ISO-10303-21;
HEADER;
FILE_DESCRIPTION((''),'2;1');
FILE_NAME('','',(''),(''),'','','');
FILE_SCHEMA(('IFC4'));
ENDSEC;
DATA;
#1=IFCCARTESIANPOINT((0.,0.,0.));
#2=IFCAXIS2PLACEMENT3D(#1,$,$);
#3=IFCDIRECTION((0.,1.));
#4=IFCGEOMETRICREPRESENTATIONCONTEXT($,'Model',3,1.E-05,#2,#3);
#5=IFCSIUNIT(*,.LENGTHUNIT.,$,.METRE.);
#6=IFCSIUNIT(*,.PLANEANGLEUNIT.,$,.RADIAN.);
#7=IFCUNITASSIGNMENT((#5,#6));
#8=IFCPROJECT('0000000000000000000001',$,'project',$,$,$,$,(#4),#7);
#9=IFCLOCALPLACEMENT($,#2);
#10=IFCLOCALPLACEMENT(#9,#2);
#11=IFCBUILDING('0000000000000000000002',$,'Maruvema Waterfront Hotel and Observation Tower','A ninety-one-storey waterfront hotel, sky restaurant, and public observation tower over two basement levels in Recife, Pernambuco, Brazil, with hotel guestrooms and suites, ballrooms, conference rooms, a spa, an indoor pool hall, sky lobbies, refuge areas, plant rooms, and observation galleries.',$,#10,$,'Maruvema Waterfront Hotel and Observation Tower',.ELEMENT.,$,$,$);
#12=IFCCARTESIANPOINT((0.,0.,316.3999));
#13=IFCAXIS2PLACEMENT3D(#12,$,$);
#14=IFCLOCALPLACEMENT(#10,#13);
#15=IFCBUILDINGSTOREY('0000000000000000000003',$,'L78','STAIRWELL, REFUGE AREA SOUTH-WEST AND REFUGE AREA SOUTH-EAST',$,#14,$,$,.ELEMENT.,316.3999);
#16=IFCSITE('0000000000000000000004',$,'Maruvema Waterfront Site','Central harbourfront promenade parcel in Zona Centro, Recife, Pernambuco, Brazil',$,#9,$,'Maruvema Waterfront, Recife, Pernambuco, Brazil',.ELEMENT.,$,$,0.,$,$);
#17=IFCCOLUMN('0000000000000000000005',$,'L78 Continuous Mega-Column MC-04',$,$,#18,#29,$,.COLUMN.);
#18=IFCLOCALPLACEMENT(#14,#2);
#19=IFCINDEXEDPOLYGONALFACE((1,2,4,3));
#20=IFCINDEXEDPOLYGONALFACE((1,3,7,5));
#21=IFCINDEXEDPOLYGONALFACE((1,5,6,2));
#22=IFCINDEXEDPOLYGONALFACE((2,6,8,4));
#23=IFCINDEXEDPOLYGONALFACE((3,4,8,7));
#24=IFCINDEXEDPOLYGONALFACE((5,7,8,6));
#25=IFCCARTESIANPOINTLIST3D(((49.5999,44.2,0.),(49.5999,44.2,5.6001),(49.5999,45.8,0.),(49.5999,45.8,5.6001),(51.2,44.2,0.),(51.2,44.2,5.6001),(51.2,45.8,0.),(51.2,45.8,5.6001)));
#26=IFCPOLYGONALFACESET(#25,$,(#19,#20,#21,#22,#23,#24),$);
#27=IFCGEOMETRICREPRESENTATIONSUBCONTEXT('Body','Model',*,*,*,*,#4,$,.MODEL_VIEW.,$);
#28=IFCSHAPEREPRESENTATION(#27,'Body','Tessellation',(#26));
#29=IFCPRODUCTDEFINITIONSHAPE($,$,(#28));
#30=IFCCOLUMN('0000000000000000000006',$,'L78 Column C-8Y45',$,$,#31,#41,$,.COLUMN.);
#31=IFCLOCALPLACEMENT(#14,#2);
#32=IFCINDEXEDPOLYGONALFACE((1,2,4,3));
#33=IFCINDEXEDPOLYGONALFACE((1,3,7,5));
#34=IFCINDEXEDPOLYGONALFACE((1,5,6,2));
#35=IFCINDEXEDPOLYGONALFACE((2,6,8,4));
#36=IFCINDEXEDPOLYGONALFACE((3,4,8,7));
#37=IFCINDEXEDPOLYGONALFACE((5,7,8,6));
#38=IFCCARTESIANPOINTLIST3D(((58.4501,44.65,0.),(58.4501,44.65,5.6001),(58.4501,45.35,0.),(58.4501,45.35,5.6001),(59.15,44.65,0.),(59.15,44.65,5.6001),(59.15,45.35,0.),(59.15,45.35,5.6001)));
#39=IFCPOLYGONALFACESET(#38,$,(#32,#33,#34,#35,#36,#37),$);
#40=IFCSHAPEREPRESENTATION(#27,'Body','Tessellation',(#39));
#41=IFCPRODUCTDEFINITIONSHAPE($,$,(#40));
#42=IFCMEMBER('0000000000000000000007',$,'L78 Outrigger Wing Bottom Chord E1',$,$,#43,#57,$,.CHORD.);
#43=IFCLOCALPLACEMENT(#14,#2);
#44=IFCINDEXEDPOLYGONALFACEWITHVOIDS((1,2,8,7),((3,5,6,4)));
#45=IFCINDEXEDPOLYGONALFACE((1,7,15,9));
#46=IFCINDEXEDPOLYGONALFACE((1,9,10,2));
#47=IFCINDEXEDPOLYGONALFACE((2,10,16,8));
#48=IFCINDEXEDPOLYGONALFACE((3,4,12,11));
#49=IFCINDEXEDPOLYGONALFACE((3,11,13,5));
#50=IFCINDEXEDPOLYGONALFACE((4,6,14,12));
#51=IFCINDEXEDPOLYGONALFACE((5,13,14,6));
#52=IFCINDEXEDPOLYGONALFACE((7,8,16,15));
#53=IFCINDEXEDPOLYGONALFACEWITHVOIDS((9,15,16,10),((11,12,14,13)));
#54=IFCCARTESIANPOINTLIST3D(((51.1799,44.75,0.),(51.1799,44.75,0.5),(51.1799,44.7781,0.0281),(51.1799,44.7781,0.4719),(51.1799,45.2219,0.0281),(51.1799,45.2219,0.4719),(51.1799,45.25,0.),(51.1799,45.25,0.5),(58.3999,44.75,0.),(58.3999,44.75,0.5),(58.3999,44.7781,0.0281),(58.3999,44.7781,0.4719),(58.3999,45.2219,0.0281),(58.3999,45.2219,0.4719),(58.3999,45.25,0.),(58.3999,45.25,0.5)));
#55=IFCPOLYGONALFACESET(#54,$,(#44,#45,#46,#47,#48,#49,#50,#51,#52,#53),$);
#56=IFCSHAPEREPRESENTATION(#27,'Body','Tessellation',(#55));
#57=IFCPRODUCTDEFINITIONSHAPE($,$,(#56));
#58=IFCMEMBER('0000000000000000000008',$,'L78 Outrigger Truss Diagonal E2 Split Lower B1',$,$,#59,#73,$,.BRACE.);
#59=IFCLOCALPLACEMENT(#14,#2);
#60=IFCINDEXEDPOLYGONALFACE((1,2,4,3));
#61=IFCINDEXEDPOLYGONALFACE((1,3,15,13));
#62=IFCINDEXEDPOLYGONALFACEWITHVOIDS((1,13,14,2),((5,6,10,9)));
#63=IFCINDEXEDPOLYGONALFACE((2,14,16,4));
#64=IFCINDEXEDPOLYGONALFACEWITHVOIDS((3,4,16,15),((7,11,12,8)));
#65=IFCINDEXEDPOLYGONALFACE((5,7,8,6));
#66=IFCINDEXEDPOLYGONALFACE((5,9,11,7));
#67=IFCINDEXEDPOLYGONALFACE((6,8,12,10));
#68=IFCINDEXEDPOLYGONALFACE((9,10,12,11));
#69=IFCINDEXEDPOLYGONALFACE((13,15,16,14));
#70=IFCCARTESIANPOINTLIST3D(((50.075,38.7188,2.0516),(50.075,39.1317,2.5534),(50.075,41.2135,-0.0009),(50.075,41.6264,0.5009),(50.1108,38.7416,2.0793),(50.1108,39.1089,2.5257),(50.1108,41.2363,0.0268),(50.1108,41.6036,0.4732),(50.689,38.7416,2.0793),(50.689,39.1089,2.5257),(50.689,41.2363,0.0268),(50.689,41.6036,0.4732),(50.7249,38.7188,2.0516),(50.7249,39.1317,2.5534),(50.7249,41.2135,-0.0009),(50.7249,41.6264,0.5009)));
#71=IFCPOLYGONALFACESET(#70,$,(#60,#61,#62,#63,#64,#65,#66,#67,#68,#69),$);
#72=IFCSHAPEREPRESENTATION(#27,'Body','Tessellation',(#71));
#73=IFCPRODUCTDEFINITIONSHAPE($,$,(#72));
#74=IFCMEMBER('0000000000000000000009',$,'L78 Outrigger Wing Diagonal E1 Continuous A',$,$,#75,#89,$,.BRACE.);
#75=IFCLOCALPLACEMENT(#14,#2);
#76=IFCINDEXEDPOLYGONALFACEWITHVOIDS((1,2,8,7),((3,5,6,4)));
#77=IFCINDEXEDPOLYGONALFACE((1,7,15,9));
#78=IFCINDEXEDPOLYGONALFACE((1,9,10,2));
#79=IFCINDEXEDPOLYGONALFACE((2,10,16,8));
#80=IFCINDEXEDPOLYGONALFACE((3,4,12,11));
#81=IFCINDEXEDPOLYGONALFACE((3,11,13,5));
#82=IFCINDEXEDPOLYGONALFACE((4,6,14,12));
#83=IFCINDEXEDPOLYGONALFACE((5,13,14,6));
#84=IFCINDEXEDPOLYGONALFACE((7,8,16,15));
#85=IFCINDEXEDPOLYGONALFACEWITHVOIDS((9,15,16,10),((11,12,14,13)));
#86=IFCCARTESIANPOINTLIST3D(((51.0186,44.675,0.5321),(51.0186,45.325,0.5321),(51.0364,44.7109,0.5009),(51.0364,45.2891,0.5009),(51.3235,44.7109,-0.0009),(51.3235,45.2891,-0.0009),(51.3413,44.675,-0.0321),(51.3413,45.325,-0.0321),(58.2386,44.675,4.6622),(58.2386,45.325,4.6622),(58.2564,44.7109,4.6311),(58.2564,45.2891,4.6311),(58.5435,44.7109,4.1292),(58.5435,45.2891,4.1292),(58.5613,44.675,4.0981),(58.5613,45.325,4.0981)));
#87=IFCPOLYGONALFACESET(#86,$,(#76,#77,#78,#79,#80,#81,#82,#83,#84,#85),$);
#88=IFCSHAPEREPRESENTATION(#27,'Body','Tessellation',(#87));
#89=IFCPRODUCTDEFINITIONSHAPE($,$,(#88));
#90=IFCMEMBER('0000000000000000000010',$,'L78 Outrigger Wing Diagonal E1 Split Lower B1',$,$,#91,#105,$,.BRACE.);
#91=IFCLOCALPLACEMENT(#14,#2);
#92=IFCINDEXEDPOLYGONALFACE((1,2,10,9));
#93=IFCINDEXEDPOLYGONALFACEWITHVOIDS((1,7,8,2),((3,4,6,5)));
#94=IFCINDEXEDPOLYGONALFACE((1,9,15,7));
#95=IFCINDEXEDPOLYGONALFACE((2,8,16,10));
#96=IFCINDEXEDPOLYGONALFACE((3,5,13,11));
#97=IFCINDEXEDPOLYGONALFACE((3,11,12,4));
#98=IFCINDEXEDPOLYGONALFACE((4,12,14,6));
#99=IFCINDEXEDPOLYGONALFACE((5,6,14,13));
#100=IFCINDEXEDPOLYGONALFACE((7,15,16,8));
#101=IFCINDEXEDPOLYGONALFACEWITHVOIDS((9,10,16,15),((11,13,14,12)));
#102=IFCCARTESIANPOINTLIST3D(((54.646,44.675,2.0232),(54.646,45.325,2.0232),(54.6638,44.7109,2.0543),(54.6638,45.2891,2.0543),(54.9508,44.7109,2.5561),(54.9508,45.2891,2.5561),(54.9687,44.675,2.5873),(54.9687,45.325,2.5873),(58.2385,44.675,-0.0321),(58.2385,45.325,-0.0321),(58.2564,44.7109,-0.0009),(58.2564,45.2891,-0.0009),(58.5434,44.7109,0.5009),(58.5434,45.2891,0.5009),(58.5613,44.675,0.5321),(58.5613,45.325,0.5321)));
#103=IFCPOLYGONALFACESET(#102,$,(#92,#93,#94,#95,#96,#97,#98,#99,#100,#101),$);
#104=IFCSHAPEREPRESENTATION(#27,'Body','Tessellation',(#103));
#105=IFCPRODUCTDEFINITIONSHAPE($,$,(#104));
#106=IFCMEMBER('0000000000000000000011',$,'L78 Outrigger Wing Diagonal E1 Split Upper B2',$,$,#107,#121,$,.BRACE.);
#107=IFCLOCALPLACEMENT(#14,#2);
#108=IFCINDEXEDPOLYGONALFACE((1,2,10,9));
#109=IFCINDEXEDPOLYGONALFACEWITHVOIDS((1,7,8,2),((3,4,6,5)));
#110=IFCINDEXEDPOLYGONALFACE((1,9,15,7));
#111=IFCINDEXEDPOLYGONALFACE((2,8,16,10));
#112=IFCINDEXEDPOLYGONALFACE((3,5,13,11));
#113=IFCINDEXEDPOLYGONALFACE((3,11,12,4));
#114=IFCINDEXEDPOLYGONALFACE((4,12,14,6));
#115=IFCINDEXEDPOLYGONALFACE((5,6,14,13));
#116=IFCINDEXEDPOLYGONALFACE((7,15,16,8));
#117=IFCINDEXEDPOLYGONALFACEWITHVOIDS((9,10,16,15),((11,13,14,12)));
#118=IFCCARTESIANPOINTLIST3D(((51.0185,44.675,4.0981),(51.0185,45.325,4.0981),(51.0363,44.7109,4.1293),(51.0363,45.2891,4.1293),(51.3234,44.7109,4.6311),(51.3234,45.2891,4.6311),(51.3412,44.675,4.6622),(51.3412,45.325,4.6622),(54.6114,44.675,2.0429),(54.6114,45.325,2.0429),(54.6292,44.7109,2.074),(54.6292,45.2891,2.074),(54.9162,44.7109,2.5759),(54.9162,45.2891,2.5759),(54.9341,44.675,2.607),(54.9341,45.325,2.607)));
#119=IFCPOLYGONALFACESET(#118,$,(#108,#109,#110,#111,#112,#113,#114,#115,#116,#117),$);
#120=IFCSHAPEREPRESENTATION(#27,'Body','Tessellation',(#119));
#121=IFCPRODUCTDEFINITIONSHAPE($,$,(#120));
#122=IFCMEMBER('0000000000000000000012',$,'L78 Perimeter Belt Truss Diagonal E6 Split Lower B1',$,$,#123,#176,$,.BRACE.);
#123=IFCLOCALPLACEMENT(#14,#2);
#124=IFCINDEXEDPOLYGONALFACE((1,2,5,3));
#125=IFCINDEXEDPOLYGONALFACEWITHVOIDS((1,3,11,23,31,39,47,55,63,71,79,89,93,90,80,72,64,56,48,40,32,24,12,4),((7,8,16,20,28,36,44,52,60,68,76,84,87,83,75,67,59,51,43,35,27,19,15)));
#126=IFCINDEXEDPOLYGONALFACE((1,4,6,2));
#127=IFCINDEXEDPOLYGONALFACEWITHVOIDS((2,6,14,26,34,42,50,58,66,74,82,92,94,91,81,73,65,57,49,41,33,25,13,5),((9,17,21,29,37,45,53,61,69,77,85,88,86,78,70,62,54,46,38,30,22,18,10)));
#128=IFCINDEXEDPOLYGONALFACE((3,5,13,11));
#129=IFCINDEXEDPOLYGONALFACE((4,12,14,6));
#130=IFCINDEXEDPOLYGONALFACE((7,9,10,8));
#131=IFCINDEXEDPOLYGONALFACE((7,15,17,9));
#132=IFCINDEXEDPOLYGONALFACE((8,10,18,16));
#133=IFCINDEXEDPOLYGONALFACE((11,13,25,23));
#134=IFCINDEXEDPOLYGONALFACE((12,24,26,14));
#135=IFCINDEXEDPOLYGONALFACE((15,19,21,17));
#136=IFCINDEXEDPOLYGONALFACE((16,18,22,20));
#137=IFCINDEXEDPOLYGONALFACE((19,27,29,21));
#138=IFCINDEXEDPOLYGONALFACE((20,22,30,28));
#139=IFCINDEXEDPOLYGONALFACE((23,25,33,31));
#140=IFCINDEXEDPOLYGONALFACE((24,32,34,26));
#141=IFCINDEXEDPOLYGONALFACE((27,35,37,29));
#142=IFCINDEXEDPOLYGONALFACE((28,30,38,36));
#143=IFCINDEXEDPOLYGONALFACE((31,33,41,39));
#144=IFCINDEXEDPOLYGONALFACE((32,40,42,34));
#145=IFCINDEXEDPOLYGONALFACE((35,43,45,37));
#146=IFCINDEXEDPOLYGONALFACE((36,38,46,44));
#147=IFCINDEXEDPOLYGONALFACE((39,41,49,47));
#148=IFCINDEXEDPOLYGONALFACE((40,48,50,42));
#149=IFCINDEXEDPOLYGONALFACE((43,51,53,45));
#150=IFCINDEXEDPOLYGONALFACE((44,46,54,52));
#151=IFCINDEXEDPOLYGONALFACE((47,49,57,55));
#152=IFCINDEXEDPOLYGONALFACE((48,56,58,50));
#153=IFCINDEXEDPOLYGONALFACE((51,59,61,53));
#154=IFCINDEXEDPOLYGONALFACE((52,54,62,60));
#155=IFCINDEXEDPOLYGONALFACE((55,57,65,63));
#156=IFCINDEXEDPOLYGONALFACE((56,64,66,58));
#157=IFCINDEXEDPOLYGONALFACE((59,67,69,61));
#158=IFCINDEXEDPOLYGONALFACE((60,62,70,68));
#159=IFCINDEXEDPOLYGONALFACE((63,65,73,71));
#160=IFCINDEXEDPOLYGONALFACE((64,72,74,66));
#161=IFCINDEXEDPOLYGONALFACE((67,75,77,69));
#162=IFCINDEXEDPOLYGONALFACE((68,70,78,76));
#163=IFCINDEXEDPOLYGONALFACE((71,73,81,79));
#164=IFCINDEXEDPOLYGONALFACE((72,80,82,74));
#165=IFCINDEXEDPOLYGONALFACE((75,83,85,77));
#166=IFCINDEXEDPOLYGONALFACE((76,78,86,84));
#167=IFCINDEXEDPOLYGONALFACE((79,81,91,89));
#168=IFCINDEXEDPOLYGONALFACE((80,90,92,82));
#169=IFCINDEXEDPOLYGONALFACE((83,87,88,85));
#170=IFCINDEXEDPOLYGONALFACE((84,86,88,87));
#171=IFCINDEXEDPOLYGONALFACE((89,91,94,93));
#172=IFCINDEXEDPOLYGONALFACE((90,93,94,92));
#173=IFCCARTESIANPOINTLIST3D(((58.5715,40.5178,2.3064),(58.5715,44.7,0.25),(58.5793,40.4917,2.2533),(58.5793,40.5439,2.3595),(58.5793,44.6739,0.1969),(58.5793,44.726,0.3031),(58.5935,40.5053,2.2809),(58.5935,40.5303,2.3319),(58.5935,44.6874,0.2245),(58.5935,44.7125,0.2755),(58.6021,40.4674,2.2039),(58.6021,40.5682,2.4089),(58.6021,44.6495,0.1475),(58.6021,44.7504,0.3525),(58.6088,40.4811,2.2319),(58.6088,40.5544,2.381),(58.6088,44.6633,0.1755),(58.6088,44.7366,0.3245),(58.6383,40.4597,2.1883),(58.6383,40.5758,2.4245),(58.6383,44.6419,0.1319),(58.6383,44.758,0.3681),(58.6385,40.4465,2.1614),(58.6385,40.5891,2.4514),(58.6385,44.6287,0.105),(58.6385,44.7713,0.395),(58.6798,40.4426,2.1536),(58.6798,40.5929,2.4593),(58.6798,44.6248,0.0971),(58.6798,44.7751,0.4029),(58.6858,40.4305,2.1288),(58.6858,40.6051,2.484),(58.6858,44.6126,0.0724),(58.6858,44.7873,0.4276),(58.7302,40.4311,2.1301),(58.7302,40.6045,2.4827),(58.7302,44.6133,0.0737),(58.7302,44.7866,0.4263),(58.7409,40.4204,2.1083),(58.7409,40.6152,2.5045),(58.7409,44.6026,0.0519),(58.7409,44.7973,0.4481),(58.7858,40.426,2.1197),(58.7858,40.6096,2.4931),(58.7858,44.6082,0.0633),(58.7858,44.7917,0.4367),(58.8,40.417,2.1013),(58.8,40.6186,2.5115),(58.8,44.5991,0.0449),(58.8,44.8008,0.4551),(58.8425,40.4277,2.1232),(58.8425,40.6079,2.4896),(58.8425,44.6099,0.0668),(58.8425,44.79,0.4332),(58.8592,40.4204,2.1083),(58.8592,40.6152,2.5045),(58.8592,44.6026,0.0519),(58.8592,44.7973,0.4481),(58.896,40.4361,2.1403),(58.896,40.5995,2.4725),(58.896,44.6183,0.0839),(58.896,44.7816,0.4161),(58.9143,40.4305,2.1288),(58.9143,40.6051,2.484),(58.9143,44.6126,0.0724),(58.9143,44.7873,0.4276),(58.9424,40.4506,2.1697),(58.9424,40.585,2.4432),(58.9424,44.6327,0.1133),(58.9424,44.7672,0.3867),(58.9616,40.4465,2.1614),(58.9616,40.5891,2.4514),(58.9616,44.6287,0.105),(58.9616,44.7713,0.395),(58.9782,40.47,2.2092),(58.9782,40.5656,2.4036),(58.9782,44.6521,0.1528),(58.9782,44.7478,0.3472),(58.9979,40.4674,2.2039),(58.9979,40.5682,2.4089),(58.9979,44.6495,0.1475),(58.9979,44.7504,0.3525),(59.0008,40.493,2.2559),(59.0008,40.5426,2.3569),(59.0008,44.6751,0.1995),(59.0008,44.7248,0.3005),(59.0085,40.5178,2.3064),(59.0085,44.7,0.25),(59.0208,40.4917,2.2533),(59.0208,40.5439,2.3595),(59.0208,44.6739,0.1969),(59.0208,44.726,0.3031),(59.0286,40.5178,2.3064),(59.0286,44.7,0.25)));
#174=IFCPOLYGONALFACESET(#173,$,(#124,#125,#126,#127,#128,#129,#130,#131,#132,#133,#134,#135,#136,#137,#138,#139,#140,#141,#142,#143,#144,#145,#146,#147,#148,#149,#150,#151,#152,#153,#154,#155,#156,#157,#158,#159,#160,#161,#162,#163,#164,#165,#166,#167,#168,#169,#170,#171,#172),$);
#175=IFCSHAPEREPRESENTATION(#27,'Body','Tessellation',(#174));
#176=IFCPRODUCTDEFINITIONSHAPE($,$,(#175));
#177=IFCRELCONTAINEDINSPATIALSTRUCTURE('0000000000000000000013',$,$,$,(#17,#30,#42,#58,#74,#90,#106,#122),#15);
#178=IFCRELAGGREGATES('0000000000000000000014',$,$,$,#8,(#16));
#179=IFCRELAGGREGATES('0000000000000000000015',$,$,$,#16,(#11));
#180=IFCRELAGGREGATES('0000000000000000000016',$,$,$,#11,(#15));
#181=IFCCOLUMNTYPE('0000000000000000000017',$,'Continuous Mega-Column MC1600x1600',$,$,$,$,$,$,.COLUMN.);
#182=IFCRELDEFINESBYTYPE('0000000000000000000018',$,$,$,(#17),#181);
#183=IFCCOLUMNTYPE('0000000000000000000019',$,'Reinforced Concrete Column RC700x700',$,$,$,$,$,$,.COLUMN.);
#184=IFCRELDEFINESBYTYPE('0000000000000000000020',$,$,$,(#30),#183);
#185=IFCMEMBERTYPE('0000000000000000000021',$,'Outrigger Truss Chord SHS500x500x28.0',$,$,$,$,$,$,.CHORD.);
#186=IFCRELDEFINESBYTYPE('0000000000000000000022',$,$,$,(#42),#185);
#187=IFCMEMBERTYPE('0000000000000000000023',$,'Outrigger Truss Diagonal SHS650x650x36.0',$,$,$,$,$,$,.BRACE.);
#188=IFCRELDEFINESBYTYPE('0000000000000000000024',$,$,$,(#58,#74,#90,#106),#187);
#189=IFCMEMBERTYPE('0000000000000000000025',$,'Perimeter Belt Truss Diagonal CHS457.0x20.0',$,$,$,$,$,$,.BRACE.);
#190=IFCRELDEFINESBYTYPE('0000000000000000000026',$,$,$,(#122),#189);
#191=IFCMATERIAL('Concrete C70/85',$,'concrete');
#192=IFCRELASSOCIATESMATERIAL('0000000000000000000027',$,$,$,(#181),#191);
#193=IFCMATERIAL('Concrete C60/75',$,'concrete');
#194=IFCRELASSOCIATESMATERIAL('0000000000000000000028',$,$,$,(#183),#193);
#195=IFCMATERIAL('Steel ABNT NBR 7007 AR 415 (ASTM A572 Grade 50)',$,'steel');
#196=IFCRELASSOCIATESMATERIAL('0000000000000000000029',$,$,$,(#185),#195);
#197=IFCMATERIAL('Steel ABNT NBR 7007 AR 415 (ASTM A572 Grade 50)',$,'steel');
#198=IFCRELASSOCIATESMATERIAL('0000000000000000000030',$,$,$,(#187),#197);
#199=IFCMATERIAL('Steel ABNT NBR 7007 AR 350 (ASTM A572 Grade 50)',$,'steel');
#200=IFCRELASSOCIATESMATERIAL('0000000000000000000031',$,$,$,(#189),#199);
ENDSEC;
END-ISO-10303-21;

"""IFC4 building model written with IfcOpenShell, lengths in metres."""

from ifc_helpers import new_model, si_unit, direction, frame, origin, origin_2d, place, context, subcontext, project, spatial, rectangle, hollow_rectangle, hollow_circle, extrude, material, material_profile, profile_set, type_object, element, save


model = new_model("IFC4")

# Units and contexts
model_context = context("Model", 3, precision=1e-05, world=origin(), true_north=direction((0.0, 1.0)))
body_context = subcontext(model_context, "Body", "Model", "MODEL_VIEW")
ifc_project = project(units=[si_unit("LENGTHUNIT", "METRE"), si_unit("PLANEANGLEUNIT", "RADIAN")], contexts=[model_context])

# Site, building, storey
site_placement = place(None, origin())
site = spatial("IfcSite", under=ifc_project, at=site_placement, Name="Maruvema Waterfront Site", Description="Central harbourfront promenade parcel in Zona Centro, Recife, Pernambuco, Brazil", LongName="Maruvema Waterfront, Recife, Pernambuco, Brazil", CompositionType="ELEMENT", RefElevation=0.0)
building_placement = place(site_placement, origin())
building = spatial("IfcBuilding", under=site, at=building_placement, Name="Maruvema Waterfront Hotel and Observation Tower", Description="A ninety-one-storey waterfront hotel, sky restaurant, and public observation tower over two basement levels in Recife, Pernambuco, Brazil, with hotel guestrooms and suites, ballrooms, conference rooms, a spa, an indoor pool hall, sky lobbies, refuge areas, plant rooms, and observation galleries.", LongName="Maruvema Waterfront Hotel and Observation Tower", CompositionType="ELEMENT")
storey_placement = place(building_placement, frame((0.0, 0.0, 316.3999)))
storey = spatial("IfcBuildingStorey", under=building, at=storey_placement, Name="L78", Description="STAIRWELL, REFUGE AREA SOUTH-WEST AND REFUGE AREA SOUTH-EAST", CompositionType="ELEMENT", Elevation=316.3999)

# Columns
ifc_material_1 = material(Name="Concrete C70/85", Category="concrete")
ifc_material_profile_1 = material_profile(ifc_material_1, rectangle(XDim=1.6001, YDim=1.6001, at=origin_2d()), Name="MC1600x1600")
ifc_profile_set_1 = profile_set([ifc_material_profile_1], Name="Concrete C70/85")
column_type_1 = type_object("IfcColumnType", Name="Continuous Mega-Column MC1600x1600", PredefinedType="COLUMN", material=ifc_profile_set_1)
column_1_placement = place(storey_placement, frame((50.3999, 45.0, 0.0), z_axis=(0.0, 0.0, 1.0), x_axis=(1.0, 0.0, 0.0)))
element("IfcColumn", 1, at=column_1_placement, inside=storey, type_object=column_type_1, Name="L78 Continuous Mega-Column MC-04", PredefinedType="COLUMN", context=body_context, shape_type="SweptSolid", body=[
    extrude(rectangle(XDim=1.6001, YDim=1.6001, at=origin_2d()), origin(), (0.0, 0.0, 1.0), 5.6001),
])
ifc_material_2 = material(Name="Concrete C60/75", Category="concrete")
ifc_material_profile_2 = material_profile(ifc_material_2, rectangle(XDim=0.7, YDim=0.7, at=origin_2d()), Name="RC700x700")
ifc_profile_set_2 = profile_set([ifc_material_profile_2], Name="Concrete C60/75")
column_type_2 = type_object("IfcColumnType", Name="Reinforced Concrete Column RC700x700", PredefinedType="COLUMN", material=ifc_profile_set_2)
column_2_placement = place(storey_placement, frame((58.8, 45.0, 0.0), z_axis=(0.0, 0.0, 1.0), x_axis=(1.0, 0.0, 0.0)))
element("IfcColumn", 2, at=column_2_placement, inside=storey, type_object=column_type_2, Name="L78 Column C-8Y45", PredefinedType="COLUMN", context=body_context, shape_type="SweptSolid", body=[
    extrude(rectangle(XDim=0.7, YDim=0.7, at=origin_2d()), origin(), (0.0, 0.0, 1.0), 5.6001),
])

# Members
ifc_material_3 = material(Name="Steel ABNT NBR 7007 AR 415 (ASTM A572 Grade 50)", Category="steel")
ifc_material_profile_3 = material_profile(ifc_material_3, hollow_rectangle(XDim=0.5, YDim=0.5, WallThickness=0.0281, at=origin_2d()), Name="SHS500x500x28.0")
ifc_profile_set_3 = profile_set([ifc_material_profile_3], Name="Steel ABNT NBR 7007 AR 415 (ASTM A572 Grade 50)")
member_type_1 = type_object("IfcMemberType", Name="Outrigger Truss Chord SHS500x500x28.0", PredefinedType="CHORD", material=ifc_profile_set_3)
member_1_placement = place(storey_placement, frame((51.1799, 45.0, 0.25), z_axis=(1.0, 0.0, 0.0), x_axis=(0.0, 1.0, 0.0)))
element("IfcMember", 3, at=member_1_placement, inside=storey, type_object=member_type_1, Name="L78 Outrigger Wing Bottom Chord E1", PredefinedType="CHORD", context=body_context, shape_type="SweptSolid", body=[
    extrude(hollow_rectangle(XDim=0.5, YDim=0.5, WallThickness=0.0281, at=origin_2d()), origin(), (0.0, 0.0, 1.0), 7.22),
])
ifc_material_4 = material(Name="Steel ABNT NBR 7007 AR 415 (ASTM A572 Grade 50)", Category="steel")
ifc_material_profile_4 = material_profile(ifc_material_4, hollow_rectangle(XDim=0.6499, YDim=0.6499, WallThickness=0.0359, at=origin_2d()), Name="SHS650x650x36.0")
ifc_profile_set_4 = profile_set([ifc_material_profile_4], Name="Steel ABNT NBR 7007 AR 415 (ASTM A572 Grade 50)")
member_type_2 = type_object("IfcMemberType", Name="Outrigger Truss Diagonal SHS650x650x36.0", PredefinedType="BRACE", material=ifc_profile_set_4)
member_2_placement = place(storey_placement, frame((50.3999, 41.4199, 0.25), z_axis=(0.0, -0.77222, 0.635355), x_axis=(1.0, 0.0, 0.0)))
element("IfcMember", 4, at=member_2_placement, inside=storey, type_object=member_type_2, Name="L78 Outrigger Truss Diagonal E2 Split Lower B1", PredefinedType="BRACE", context=body_context, shape_type="SweptSolid", body=[
    extrude(hollow_rectangle(XDim=0.6499, YDim=0.6499, WallThickness=0.0359, at=origin_2d()), origin(), (0.0, 0.0, 1.0), 3.2305),
])
member_3_placement = place(storey_placement, frame((51.1799, 45.0, 0.25), z_axis=(0.868014, 0.0, 0.49654), x_axis=(0.0, 1.0, 0.0)))
element("IfcMember", 5, at=member_3_placement, inside=storey, type_object=member_type_2, Name="L78 Outrigger Wing Diagonal E1 Continuous A", PredefinedType="BRACE", context=body_context, shape_type="SweptSolid", body=[
    extrude(hollow_rectangle(XDim=0.6499, YDim=0.6499, WallThickness=0.0359, at=origin_2d()), origin(), (0.0, 0.0, 1.0), 8.3179),
])
member_4_placement = place(storey_placement, frame((58.3999, 45.0, 0.25), z_axis=(-0.868003, 0.0, 0.496558), x_axis=(0.0, -1.0, 0.0)))
element("IfcMember", 6, at=member_4_placement, inside=storey, type_object=member_type_2, Name="L78 Outrigger Wing Diagonal E1 Split Lower B1", PredefinedType="BRACE", context=body_context, shape_type="SweptSolid", body=[
    extrude(hollow_rectangle(XDim=0.6499, YDim=0.6499, WallThickness=0.0359, at=origin_2d()), origin(), (0.0, 0.0, 1.0), 4.1389),
])
member_5_placement = place(storey_placement, frame((54.7727, 45.0, 2.325), z_axis=(-0.868018, 0.0, 0.496533), x_axis=(0.0, -1.0, 0.0)))
element("IfcMember", 7, at=member_5_placement, inside=storey, type_object=member_type_2, Name="L78 Outrigger Wing Diagonal E1 Split Upper B2", PredefinedType="BRACE", context=body_context, shape_type="SweptSolid", body=[
    extrude(hollow_rectangle(XDim=0.6499, YDim=0.6499, WallThickness=0.0359, at=origin_2d()), origin(), (0.0, 0.0, 1.0), 4.1392),
])
ifc_material_5 = material(Name="Steel ABNT NBR 7007 AR 350 (ASTM A572 Grade 50)", Category="steel")
ifc_material_profile_5 = material_profile(ifc_material_5, hollow_circle(Radius=0.2285, WallThickness=0.02, at=origin_2d()), Name="CHS457.0x20.0")
ifc_profile_set_5 = profile_set([ifc_material_profile_5], Name="Steel ABNT NBR 7007 AR 350 (ASTM A572 Grade 50)")
member_type_3 = type_object("IfcMemberType", Name="Perimeter Belt Truss Diagonal CHS457.0x20.0", PredefinedType="BRACE", material=ifc_profile_set_5)
member_6_placement = place(storey_placement, frame((58.8, 44.7, 0.25), z_axis=(0.0, -0.897383, 0.441253), x_axis=(1.0, 0.0, 0.0)))
element("IfcMember", 8, at=member_6_placement, inside=storey, type_object=member_type_3, Name="L78 Perimeter Belt Truss Diagonal E6 Split Lower B1", PredefinedType="BRACE", context=body_context, shape_type="SweptSolid", body=[
    extrude(hollow_circle(Radius=0.2285, WallThickness=0.02, at=origin_2d()), origin(), (0.0, 0.0, 1.0), 4.6604),
])

save(model, "model.ifc")
